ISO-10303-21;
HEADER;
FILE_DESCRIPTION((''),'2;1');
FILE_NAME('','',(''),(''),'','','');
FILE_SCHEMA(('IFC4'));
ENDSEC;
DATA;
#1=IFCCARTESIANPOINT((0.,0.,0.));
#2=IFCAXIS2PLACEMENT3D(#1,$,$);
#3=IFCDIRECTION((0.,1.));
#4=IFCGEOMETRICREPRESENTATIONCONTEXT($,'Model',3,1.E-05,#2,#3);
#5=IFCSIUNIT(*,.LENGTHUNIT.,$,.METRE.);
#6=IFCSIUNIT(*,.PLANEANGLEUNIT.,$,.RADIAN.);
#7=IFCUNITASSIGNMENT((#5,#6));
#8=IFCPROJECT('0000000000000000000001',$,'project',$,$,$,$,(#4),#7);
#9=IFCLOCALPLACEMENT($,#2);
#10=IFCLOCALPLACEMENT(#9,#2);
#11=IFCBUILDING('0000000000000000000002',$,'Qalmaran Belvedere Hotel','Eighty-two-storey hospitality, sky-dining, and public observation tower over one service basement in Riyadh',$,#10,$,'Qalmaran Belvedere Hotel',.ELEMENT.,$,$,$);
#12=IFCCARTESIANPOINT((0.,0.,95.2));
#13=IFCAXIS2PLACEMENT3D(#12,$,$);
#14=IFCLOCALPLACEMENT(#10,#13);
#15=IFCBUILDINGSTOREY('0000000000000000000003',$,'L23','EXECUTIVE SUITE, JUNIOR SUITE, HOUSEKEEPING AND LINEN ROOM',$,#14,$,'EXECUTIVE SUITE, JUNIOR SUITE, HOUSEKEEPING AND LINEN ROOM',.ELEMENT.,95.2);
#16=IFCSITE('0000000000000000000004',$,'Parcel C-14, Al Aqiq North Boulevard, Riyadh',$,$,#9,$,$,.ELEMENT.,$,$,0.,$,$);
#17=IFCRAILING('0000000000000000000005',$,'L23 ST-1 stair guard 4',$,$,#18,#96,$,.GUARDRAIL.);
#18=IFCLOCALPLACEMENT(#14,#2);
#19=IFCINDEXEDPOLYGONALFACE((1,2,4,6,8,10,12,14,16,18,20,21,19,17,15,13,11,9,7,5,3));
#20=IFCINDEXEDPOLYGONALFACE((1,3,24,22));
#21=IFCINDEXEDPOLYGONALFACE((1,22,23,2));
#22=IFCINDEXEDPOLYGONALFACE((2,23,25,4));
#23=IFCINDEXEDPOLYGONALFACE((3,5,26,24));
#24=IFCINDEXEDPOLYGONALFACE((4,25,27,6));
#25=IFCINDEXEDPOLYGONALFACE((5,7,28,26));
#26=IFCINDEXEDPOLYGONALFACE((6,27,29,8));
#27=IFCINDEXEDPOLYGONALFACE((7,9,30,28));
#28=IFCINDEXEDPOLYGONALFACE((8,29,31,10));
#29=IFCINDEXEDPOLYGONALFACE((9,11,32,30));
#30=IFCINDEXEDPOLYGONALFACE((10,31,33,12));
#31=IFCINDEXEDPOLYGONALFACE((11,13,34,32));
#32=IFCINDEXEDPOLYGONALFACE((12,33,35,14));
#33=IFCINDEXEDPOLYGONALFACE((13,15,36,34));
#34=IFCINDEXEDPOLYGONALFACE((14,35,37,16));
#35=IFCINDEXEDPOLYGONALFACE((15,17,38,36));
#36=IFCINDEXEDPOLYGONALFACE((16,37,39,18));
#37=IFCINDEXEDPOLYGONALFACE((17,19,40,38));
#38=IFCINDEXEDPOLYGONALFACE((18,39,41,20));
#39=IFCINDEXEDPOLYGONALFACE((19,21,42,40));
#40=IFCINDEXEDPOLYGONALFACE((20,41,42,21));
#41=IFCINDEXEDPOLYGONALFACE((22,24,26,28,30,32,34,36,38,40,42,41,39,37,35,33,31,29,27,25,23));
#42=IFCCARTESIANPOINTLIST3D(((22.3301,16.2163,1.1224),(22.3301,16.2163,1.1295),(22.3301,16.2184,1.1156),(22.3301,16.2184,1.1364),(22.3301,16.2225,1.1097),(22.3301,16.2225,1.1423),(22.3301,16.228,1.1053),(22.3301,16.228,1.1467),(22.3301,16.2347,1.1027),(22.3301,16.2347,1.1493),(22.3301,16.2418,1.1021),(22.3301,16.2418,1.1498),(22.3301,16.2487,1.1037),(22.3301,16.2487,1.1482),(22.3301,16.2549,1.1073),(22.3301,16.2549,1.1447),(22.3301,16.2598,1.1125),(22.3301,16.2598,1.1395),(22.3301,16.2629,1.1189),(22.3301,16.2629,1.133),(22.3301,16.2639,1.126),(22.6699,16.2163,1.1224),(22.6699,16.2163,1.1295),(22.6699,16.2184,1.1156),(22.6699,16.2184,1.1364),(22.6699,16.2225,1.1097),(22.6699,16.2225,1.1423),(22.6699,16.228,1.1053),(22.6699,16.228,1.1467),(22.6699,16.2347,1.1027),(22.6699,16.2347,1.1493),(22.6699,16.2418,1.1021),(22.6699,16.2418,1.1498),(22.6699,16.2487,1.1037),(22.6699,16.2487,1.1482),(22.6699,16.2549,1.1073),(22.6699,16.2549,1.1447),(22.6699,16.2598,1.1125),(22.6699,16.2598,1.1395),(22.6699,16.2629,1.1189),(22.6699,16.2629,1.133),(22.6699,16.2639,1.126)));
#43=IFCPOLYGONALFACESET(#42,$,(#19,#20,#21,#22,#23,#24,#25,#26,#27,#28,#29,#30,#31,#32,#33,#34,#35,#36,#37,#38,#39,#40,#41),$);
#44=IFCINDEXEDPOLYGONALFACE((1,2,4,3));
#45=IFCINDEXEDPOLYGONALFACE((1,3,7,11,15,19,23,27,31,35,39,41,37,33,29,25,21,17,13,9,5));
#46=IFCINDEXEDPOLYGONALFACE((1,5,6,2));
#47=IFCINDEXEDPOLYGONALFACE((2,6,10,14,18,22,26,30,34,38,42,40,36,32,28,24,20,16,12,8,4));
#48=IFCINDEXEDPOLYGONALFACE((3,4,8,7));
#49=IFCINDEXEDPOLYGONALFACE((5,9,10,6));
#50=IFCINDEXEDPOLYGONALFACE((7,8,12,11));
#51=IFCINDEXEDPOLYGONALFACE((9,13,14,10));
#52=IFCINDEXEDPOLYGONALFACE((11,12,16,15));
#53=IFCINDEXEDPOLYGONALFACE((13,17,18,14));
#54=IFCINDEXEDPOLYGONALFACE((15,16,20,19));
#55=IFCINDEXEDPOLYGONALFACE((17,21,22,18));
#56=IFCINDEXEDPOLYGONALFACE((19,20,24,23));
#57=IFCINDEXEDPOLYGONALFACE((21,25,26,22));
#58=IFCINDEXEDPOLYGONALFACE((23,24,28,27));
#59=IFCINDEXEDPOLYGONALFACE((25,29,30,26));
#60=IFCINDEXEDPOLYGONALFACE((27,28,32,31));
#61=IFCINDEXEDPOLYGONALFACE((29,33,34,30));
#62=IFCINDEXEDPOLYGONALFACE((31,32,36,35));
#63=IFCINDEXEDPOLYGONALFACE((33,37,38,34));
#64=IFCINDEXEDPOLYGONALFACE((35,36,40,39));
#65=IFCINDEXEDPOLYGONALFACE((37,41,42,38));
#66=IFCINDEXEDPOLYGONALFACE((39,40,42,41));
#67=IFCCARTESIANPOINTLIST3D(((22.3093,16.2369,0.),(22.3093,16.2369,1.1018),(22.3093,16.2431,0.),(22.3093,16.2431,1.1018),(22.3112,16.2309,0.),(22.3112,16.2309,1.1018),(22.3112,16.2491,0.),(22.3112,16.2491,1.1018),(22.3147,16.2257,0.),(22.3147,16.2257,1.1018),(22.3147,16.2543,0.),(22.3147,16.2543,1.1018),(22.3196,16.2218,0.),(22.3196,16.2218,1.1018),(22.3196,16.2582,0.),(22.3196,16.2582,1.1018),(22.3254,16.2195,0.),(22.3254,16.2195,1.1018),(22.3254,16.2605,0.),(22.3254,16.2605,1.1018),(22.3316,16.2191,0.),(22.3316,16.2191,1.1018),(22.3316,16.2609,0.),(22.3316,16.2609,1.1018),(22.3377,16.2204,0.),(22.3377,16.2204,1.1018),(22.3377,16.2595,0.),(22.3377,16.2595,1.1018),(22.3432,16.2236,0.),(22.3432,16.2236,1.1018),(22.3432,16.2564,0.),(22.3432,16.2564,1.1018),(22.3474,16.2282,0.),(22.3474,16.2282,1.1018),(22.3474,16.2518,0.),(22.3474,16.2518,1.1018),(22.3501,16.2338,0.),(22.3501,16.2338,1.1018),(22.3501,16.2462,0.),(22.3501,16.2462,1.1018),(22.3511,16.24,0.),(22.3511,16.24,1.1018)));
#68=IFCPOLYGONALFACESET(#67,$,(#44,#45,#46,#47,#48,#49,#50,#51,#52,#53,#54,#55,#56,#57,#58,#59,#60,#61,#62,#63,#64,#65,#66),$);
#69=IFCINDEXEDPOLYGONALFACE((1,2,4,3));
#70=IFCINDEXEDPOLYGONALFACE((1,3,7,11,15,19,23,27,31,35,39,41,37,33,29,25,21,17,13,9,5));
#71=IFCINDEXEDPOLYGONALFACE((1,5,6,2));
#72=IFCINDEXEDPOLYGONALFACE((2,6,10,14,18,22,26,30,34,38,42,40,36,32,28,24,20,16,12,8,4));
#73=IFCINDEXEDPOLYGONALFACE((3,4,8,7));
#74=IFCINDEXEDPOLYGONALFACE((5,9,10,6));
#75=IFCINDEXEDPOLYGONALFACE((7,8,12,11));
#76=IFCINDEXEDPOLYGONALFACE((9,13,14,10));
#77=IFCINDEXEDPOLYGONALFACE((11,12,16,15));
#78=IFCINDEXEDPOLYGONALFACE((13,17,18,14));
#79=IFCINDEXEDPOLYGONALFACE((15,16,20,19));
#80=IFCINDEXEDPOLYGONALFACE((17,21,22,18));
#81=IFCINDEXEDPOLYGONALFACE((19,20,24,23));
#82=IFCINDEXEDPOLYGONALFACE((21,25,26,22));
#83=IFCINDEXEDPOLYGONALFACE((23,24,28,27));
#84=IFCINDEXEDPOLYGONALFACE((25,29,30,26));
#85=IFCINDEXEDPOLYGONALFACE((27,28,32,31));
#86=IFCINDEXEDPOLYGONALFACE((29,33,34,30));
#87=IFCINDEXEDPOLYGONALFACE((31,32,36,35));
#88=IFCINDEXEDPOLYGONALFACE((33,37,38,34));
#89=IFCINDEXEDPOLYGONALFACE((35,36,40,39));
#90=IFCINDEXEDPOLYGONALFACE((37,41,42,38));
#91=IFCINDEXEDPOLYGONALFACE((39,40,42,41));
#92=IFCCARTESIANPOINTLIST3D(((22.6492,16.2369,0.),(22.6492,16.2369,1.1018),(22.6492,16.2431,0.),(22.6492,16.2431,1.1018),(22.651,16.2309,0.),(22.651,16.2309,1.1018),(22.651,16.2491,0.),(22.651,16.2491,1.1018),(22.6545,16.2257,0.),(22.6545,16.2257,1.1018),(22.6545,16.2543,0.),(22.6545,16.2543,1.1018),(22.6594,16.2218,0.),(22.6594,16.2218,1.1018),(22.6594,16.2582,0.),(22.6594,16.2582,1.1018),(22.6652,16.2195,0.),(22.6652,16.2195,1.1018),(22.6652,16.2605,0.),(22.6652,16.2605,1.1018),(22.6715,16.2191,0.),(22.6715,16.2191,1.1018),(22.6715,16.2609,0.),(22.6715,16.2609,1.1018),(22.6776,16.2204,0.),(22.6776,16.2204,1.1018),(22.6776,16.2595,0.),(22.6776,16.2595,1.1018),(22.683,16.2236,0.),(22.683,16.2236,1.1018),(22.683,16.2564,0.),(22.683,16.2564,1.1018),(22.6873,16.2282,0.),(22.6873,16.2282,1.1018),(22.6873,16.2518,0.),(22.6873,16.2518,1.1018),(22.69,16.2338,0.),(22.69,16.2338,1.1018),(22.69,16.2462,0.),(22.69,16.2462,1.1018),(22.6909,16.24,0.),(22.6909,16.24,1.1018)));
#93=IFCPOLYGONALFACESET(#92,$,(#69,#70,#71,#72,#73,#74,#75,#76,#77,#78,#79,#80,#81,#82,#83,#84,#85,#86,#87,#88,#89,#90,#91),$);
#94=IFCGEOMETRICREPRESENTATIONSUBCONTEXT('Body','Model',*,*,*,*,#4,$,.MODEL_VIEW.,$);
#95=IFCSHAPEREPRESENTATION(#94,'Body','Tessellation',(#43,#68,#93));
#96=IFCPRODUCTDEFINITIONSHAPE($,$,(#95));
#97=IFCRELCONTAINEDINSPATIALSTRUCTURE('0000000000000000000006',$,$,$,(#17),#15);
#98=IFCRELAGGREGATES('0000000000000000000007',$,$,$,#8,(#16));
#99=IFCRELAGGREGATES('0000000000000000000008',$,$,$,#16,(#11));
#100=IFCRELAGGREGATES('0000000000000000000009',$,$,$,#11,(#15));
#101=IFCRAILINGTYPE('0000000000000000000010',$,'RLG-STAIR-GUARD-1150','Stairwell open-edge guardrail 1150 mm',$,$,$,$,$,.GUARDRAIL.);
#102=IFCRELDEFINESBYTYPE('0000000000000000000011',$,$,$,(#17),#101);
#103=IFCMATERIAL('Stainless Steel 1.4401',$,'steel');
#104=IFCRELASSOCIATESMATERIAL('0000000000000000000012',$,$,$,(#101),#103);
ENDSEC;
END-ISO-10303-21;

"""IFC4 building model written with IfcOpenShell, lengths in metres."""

from ifc_helpers import new_model, si_unit, direction, frame, origin, origin_2d, place, context, subcontext, project, spatial, circle, extrude, material, type_object, element, save


model = new_model("IFC4")

# Units and contexts
model_context = context("Model", 3, precision=1e-05, world=origin(), true_north=direction((0.0, 1.0)))
body_context = subcontext(model_context, "Body", "Model", "MODEL_VIEW")
ifc_project = project(units=[si_unit("LENGTHUNIT", "METRE"), si_unit("PLANEANGLEUNIT", "RADIAN")], contexts=[model_context])

# Site, building, storey
site_placement = place(None, origin())
site = spatial("IfcSite", under=ifc_project, at=site_placement, Name="Parcel C-14, Al Aqiq North Boulevard, Riyadh", CompositionType="ELEMENT", RefElevation=0.0)
building_placement = place(site_placement, origin())
building = spatial("IfcBuilding", under=site, at=building_placement, Name="Qalmaran Belvedere Hotel", Description="Eighty-two-storey hospitality, sky-dining, and public observation tower over one service basement in Riyadh", LongName="Qalmaran Belvedere Hotel", CompositionType="ELEMENT")
storey_placement = place(building_placement, frame((0.0, 0.0, 95.2)))
storey = spatial("IfcBuildingStorey", under=building, at=storey_placement, Name="L23", Description="EXECUTIVE SUITE, JUNIOR SUITE, HOUSEKEEPING AND LINEN ROOM", LongName="EXECUTIVE SUITE, JUNIOR SUITE, HOUSEKEEPING AND LINEN ROOM", CompositionType="ELEMENT", Elevation=95.2)

# Railing
ifc_material_1 = material(Name="Stainless Steel 1.4401", Category="steel")
railing_type_1 = type_object("IfcRailingType", Name="RLG-STAIR-GUARD-1150", Description="Stairwell open-edge guardrail 1150 mm", PredefinedType="GUARDRAIL", material=ifc_material_1)
railing_1_placement = place(storey_placement, frame((22.3301, 16.24, 0.0)))
element("IfcRailing", 1, at=railing_1_placement, inside=storey, type_object=railing_type_1, Name="L23 ST-1 stair guard 4", PredefinedType="GUARDRAIL", context=body_context, shape_type="SweptSolid", body=[
    extrude(circle(Radius=0.0239, at=origin_2d()), frame((0.0, 0.0, 1.126), z_axis=(1.0, 0.0, 0.0), x_axis=(0.0, 1.0, 0.0)), (0.0, 0.0, 1.0), 0.3398),
    extrude(circle(Radius=0.021, at=origin_2d()), origin(), (0.0, 0.0, 1.0), 1.1018),
    extrude(circle(Radius=0.021, at=origin_2d()), frame((0.3398, 0.0, 0.0)), (0.0, 0.0, 1.0), 1.1018),
])

save(model, "model.ifc")
